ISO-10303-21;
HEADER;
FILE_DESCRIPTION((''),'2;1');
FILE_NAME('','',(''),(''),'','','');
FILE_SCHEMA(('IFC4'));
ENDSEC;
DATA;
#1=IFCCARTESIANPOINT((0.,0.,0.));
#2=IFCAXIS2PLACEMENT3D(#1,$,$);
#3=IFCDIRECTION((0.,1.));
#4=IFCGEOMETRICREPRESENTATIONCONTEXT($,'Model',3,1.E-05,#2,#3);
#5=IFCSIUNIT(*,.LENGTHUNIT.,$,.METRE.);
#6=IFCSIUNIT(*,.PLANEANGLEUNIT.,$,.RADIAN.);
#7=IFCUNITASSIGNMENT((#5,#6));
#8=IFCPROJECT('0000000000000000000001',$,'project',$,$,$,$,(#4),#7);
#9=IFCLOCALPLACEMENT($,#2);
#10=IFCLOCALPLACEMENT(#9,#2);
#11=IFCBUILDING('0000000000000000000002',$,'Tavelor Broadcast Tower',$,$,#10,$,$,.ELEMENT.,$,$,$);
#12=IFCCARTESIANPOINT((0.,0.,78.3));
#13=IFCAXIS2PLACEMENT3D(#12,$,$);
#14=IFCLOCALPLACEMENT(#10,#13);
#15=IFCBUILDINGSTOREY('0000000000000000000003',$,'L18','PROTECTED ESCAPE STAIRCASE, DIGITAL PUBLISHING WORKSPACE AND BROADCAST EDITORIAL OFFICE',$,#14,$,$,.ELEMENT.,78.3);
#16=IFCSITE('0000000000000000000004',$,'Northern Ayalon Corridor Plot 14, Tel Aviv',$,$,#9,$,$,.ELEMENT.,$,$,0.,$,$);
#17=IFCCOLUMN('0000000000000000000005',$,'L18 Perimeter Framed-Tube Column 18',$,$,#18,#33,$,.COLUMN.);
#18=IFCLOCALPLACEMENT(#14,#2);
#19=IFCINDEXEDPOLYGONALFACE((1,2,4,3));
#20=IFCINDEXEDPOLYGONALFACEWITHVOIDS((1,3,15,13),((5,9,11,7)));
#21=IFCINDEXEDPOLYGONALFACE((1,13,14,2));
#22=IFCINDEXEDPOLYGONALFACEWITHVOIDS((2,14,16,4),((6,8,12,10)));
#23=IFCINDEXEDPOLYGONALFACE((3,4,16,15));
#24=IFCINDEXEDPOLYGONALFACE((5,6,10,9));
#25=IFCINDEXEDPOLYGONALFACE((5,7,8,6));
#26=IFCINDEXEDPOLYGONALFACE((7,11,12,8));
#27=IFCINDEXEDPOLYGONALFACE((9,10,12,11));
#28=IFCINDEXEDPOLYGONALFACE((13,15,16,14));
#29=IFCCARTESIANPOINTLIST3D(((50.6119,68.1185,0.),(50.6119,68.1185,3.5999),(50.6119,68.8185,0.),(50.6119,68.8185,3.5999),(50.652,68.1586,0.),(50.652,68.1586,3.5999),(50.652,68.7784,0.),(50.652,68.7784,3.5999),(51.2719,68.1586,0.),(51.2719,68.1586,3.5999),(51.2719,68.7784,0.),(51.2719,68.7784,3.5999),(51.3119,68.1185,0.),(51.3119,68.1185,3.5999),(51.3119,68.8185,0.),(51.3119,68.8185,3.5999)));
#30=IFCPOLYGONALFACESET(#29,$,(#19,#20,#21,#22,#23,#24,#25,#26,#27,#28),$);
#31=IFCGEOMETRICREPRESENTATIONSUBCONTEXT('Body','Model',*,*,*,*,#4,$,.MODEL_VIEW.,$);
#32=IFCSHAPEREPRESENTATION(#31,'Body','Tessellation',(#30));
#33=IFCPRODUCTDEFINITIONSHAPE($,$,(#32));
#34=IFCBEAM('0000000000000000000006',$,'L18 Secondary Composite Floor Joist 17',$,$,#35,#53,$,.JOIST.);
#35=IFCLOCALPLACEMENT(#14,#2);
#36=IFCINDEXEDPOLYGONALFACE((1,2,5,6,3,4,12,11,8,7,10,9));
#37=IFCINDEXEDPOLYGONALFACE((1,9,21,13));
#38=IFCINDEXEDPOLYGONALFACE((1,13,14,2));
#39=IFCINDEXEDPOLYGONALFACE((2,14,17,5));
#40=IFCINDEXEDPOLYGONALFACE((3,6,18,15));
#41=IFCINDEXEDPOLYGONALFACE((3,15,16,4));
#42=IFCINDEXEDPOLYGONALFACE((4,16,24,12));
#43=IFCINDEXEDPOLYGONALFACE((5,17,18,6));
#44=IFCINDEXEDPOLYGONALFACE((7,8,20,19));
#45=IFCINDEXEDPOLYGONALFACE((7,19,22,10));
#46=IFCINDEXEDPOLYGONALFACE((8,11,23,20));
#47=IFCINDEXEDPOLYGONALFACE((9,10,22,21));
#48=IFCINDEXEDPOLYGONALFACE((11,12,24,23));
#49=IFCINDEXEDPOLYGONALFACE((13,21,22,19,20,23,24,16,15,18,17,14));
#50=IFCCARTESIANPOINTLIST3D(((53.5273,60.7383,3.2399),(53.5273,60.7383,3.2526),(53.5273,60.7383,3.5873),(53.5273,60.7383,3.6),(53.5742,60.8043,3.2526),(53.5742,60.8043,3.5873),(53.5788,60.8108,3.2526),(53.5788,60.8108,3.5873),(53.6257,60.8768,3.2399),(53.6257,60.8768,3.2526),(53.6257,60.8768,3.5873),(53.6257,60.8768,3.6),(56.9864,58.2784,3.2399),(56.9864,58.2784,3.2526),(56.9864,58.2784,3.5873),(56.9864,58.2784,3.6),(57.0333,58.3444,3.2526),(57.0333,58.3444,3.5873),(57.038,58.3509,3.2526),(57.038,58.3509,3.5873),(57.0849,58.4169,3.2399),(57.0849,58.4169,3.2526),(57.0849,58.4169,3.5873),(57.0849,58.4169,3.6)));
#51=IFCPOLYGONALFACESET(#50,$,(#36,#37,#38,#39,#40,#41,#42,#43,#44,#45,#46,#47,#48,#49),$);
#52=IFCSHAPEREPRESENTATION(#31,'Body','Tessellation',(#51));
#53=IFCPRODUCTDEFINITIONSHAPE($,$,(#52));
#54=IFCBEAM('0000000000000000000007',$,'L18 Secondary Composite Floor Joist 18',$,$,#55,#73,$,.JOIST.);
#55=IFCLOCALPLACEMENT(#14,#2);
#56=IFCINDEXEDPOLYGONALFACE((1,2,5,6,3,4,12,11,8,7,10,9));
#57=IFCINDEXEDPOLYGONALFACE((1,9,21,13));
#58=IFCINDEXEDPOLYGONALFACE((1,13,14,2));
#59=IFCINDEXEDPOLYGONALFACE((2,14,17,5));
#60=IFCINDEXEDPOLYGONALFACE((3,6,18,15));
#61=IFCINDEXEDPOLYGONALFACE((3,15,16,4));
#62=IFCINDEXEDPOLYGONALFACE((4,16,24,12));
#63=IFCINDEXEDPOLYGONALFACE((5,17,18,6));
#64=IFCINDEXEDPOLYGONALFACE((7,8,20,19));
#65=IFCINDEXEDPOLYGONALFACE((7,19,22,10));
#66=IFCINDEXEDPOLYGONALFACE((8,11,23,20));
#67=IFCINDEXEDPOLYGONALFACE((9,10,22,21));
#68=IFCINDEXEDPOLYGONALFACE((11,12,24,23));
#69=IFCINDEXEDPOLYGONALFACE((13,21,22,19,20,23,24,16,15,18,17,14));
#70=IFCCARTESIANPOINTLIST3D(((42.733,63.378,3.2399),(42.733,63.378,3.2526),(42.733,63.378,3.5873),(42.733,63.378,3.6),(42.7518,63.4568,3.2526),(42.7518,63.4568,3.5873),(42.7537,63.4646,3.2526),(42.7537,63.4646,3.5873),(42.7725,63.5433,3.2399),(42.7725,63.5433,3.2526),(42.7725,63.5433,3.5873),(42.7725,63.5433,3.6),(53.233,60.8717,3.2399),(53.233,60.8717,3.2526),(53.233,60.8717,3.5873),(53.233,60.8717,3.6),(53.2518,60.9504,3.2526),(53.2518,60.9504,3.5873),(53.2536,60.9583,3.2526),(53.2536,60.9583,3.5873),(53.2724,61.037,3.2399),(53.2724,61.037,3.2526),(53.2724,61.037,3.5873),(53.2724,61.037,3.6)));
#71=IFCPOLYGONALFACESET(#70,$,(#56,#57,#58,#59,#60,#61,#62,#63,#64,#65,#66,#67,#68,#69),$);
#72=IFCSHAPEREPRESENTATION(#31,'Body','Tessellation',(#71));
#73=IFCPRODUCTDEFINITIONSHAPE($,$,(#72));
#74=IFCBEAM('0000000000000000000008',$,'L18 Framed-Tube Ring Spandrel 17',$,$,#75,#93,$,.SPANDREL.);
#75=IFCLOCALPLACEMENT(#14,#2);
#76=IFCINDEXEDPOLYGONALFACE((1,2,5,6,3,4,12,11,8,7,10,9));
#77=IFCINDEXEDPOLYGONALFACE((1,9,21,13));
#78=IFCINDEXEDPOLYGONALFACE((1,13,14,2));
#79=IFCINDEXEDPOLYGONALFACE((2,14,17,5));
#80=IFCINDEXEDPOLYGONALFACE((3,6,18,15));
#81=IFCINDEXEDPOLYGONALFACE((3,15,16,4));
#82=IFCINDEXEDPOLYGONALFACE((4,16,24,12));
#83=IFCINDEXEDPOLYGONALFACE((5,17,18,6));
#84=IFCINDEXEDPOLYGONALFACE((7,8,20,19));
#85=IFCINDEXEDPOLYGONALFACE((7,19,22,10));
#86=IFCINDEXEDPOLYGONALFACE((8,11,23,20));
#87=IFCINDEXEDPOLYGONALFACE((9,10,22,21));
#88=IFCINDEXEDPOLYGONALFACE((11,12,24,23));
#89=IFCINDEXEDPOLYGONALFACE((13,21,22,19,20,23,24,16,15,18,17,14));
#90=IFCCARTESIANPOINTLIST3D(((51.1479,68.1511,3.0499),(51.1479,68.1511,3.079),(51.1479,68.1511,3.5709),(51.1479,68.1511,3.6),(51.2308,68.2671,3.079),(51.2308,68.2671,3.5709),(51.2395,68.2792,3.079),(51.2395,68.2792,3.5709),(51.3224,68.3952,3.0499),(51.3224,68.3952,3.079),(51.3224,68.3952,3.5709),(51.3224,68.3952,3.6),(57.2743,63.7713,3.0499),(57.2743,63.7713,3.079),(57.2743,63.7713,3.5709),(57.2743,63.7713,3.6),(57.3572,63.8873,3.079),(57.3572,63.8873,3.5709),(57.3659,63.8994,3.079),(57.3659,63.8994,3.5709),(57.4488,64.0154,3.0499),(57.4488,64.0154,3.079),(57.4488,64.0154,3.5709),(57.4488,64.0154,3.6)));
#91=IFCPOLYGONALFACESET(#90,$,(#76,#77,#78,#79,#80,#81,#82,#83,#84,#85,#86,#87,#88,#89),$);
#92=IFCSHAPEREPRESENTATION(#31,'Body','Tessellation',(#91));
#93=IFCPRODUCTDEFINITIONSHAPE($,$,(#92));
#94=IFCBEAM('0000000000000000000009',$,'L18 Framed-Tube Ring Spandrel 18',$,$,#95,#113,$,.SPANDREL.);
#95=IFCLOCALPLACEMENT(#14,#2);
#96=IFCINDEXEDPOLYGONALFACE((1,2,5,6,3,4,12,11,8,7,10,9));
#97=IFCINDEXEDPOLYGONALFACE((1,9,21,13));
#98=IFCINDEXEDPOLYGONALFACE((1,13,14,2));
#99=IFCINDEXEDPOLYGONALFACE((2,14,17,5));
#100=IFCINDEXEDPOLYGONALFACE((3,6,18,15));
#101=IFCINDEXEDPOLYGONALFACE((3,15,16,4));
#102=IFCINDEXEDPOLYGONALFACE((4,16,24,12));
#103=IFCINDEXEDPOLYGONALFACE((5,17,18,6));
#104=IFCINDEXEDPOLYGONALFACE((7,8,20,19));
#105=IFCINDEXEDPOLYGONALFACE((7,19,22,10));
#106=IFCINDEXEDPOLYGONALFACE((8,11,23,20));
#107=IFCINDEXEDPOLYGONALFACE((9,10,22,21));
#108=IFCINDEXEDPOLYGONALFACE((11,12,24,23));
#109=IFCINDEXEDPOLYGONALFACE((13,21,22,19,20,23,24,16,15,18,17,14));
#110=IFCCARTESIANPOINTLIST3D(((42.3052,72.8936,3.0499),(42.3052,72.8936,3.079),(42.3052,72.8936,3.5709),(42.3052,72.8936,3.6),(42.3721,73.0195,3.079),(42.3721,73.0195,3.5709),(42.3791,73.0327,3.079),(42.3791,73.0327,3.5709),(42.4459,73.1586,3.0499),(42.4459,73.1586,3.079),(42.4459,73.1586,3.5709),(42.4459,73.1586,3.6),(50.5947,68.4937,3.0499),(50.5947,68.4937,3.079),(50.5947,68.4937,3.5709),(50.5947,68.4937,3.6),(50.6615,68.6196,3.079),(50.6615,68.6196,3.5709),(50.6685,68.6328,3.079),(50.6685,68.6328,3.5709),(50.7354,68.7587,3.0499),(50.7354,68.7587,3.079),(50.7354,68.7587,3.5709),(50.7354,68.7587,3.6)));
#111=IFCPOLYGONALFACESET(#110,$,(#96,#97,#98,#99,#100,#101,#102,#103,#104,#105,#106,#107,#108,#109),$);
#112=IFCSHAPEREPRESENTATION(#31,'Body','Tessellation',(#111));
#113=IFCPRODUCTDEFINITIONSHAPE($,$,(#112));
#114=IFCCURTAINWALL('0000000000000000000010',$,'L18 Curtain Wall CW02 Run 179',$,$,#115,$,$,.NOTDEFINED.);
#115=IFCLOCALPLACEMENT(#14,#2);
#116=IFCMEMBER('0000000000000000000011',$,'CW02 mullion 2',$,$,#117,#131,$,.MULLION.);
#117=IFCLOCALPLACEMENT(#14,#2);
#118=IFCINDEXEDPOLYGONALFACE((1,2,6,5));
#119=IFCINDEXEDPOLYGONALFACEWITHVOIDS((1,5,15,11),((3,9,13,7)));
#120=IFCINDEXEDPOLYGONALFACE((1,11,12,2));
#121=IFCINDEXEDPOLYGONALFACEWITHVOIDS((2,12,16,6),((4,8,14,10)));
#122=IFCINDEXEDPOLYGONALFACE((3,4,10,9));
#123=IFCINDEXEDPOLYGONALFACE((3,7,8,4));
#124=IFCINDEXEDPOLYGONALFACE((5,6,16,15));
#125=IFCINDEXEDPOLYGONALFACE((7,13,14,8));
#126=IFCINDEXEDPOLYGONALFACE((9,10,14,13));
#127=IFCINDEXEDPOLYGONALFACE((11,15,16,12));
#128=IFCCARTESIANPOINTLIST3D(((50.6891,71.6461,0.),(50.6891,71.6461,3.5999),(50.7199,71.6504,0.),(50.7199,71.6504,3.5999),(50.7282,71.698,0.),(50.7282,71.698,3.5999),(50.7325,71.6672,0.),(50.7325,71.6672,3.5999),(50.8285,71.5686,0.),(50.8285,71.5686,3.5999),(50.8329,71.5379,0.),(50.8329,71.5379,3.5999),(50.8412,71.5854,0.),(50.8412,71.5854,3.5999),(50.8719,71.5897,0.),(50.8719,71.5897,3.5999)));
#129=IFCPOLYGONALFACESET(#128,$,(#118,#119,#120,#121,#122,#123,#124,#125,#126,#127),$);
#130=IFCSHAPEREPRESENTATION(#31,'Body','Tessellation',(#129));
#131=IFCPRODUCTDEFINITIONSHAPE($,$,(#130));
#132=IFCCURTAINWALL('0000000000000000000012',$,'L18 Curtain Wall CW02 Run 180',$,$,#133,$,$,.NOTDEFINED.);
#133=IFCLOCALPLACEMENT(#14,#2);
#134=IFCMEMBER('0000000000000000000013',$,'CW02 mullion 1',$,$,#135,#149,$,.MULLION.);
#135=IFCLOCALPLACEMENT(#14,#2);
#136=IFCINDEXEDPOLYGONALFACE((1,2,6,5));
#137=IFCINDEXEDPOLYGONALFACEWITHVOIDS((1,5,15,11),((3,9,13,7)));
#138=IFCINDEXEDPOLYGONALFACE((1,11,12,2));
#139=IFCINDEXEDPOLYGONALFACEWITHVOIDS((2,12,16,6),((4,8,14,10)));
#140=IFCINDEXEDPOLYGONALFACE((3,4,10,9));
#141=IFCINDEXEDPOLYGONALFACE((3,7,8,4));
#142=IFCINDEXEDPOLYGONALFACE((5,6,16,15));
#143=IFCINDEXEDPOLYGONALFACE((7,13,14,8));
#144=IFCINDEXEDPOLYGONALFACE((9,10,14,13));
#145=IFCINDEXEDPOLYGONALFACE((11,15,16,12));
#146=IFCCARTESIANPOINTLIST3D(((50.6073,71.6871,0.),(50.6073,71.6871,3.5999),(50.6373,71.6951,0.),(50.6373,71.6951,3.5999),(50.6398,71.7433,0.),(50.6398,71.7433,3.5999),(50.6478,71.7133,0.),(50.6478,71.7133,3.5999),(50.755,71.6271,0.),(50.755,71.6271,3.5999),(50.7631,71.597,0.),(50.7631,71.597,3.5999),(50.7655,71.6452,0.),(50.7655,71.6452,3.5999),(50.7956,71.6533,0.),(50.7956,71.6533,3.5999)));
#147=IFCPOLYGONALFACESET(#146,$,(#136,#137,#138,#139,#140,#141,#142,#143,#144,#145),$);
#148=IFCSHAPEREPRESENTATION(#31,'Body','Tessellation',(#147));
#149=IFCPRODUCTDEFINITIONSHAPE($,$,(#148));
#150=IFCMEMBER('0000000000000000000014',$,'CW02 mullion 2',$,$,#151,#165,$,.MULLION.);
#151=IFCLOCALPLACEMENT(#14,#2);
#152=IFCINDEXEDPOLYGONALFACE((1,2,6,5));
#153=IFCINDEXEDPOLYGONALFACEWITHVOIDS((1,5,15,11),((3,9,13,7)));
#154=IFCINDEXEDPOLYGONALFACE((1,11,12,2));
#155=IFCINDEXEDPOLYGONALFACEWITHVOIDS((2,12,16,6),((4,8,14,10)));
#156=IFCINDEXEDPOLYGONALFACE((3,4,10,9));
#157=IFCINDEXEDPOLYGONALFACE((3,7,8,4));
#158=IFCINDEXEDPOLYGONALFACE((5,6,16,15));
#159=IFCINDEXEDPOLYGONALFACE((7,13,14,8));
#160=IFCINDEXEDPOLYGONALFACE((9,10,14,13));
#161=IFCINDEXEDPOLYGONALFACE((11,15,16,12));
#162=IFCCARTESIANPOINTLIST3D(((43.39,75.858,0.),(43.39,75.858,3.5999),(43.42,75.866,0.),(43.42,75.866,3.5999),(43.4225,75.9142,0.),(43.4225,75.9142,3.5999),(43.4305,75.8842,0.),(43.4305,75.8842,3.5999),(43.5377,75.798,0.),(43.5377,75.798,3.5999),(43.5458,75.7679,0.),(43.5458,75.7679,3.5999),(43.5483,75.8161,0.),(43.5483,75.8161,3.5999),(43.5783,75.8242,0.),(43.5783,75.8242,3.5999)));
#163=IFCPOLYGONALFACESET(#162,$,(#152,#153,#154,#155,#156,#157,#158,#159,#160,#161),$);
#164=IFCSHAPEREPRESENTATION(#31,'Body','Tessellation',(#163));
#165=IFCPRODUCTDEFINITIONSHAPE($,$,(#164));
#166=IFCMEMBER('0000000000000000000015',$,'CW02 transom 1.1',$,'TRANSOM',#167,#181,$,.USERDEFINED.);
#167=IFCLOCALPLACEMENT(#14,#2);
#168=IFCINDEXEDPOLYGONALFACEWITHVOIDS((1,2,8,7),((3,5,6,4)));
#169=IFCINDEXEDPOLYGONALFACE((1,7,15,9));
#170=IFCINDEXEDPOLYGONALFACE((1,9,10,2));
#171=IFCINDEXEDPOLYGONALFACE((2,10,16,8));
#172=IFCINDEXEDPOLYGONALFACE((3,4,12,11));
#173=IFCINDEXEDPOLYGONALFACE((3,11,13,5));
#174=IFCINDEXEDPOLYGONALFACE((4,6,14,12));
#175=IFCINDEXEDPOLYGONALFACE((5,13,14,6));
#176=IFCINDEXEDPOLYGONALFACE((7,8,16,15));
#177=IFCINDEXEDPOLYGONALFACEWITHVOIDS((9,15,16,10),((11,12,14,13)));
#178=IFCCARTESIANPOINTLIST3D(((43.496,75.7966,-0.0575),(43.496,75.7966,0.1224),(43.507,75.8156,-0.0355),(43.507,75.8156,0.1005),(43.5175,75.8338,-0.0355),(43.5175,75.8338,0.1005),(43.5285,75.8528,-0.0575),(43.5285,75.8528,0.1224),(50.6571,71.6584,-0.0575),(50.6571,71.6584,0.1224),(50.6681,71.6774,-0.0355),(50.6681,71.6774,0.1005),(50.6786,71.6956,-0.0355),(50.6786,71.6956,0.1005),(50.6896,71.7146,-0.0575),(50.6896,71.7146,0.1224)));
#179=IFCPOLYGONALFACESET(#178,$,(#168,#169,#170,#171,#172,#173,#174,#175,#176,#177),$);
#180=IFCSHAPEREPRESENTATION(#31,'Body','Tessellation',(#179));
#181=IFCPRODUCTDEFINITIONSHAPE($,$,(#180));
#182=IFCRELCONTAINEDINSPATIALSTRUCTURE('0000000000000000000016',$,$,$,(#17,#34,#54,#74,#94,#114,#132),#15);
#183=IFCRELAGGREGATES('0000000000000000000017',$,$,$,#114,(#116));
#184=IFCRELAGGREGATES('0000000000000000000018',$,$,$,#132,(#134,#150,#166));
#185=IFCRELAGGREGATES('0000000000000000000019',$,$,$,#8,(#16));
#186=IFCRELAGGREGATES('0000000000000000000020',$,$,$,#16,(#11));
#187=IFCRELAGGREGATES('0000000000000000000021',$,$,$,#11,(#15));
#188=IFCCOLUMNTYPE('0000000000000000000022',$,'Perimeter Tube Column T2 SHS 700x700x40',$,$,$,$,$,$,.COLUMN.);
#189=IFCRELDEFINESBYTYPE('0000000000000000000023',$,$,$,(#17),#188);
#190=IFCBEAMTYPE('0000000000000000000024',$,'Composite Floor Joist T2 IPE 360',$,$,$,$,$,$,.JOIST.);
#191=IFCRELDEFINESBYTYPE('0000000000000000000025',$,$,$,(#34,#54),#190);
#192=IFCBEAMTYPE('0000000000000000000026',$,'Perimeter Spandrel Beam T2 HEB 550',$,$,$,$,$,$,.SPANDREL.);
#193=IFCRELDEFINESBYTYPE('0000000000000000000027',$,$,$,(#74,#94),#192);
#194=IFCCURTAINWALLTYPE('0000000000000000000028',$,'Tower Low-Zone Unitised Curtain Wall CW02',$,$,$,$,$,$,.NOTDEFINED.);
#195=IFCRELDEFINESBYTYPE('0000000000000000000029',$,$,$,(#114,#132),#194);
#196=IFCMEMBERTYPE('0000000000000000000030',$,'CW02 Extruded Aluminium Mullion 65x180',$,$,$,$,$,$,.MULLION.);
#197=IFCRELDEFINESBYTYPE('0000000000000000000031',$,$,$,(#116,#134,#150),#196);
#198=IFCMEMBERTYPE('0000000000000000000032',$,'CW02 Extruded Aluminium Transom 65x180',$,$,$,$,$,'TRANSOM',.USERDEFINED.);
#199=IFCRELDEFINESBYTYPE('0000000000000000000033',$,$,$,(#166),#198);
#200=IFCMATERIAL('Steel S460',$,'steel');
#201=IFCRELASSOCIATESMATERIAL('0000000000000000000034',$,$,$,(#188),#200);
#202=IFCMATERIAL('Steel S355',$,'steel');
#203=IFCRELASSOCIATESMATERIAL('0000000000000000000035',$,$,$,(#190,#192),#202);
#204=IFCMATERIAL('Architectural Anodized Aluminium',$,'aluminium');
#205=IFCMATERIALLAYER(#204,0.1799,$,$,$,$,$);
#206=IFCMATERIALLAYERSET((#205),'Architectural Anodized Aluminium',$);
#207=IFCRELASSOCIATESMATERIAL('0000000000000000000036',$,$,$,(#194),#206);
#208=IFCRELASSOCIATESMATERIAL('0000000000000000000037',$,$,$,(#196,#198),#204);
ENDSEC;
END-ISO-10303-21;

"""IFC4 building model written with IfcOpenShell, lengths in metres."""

from ifc_helpers import new_model, si_unit, direction, frame, origin, origin_2d, place, context, subcontext, project, spatial, hollow_rectangle, i_section, extrude, source, transform, mapped, material, layer, layer_set, material_profile, profile_set, type_object, type_shapes, element, aggregate, save


model = new_model("IFC4")

# Units and contexts
model_context = context("Model", 3, precision=1e-05, world=origin(), true_north=direction((0.0, 1.0)))
body_context = subcontext(model_context, "Body", "Model", "MODEL_VIEW")
ifc_project = project(units=[si_unit("LENGTHUNIT", "METRE"), si_unit("PLANEANGLEUNIT", "RADIAN")], contexts=[model_context])

# Site, building, storey
site_placement = place(None, origin())
site = spatial("IfcSite", under=ifc_project, at=site_placement, Name="Northern Ayalon Corridor Plot 14, Tel Aviv", CompositionType="ELEMENT", RefElevation=0.0)
building_placement = place(site_placement, origin())
building = spatial("IfcBuilding", under=site, at=building_placement, Name="Tavelor Broadcast Tower", CompositionType="ELEMENT")
storey_placement = place(building_placement, frame((0.0, 0.0, 78.3)))
storey = spatial("IfcBuildingStorey", under=building, at=storey_placement, Name="L18", Description="PROTECTED ESCAPE STAIRCASE, DIGITAL PUBLISHING WORKSPACE AND BROADCAST EDITORIAL OFFICE", CompositionType="ELEMENT", Elevation=78.3)

# Column
ifc_material_1 = material(Name="Steel S460", Category="steel")
ifc_material_profile_1 = material_profile(ifc_material_1, hollow_rectangle(XDim=0.7, YDim=0.7, WallThickness=0.04, at=origin_2d()), Name="SHS 700x700x40")
ifc_profile_set_1 = profile_set([ifc_material_profile_1], Name="Steel S460")
column_type = type_object("IfcColumnType", Name="Perimeter Tube Column T2 SHS 700x700x40", PredefinedType="COLUMN", material=ifc_profile_set_1)
column_placement = place(storey_placement, frame((50.9619, 68.4685, 0.0), z_axis=(0.0, 0.0, 1.0), x_axis=(1.0, 0.0, 0.0)))
element("IfcColumn", 1, at=column_placement, inside=storey, type_object=column_type, Name="L18 Perimeter Framed-Tube Column 18", PredefinedType="COLUMN", context=body_context, shape_type="SweptSolid", body=[
    extrude(hollow_rectangle(XDim=0.7, YDim=0.7, WallThickness=0.04, at=origin_2d()), origin(), (0.0, 0.0, 1.0), 3.5999),
])

# Beams
ifc_material_2 = material(Name="Steel S355", Category="steel")
ifc_material_profile_2 = material_profile(ifc_material_2, i_section(OverallWidth=0.1699, OverallDepth=0.3601, WebThickness=0.0081, FlangeThickness=0.0127, at=origin_2d()), Name="IPE 360")
ifc_profile_set_2 = profile_set([ifc_material_profile_2], Name="Steel S355")
beam_type_1 = type_object("IfcBeamType", Name="Composite Floor Joist T2 IPE 360", PredefinedType="JOIST", material=ifc_profile_set_2)
beam_1_placement = place(storey_placement, frame((57.0356, 58.3477, 3.4199), z_axis=(-0.814948, 0.579534, 0.0), x_axis=(-0.579534, -0.814948, 0.0)))
element("IfcBeam", 2, at=beam_1_placement, inside=storey, type_object=beam_type_1, Name="L18 Secondary Composite Floor Joist 17", PredefinedType="JOIST", context=body_context, shape_type="SweptSolid", body=[
    extrude(i_section(OverallWidth=0.1699, OverallDepth=0.3601, WebThickness=0.0081, FlangeThickness=0.0127, at=origin_2d()), origin(), (0.0, 0.0, 1.0), 4.2446),
])
beam_2_placement = place(storey_placement, frame((53.2527, 60.9543, 3.4199), z_axis=(-0.972674, 0.232177, 0.0), x_axis=(-0.232177, -0.972674, 0.0)))
element("IfcBeam", 3, at=beam_2_placement, inside=storey, type_object=beam_type_1, Name="L18 Secondary Composite Floor Joist 18", PredefinedType="JOIST", context=body_context, shape_type="SweptSolid", body=[
    extrude(i_section(OverallWidth=0.1699, OverallDepth=0.3601, WebThickness=0.0081, FlangeThickness=0.0127, at=origin_2d()), origin(), (0.0, 0.0, 1.0), 10.7949),
])
ifc_material_profile_3 = material_profile(ifc_material_2, i_section(OverallWidth=0.3, OverallDepth=0.55, WebThickness=0.0149, FlangeThickness=0.0291, at=origin_2d()), Name="HEB 550")
ifc_profile_set_3 = profile_set([ifc_material_profile_3], Name="Steel S355")
beam_type_2 = type_object("IfcBeamType", Name="Perimeter Spandrel Beam T2 HEB 550", PredefinedType="SPANDREL", material=ifc_profile_set_3)
beam_3_placement = place(storey_placement, frame((57.3616, 63.8933, 3.325), z_axis=(-0.813492, 0.581575, 0.0), x_axis=(-0.581575, -0.813492, 0.0)))
element("IfcBeam", 4, at=beam_3_placement, inside=storey, type_object=beam_type_2, Name="L18 Framed-Tube Ring Spandrel 17", PredefinedType="SPANDREL", context=body_context, shape_type="SweptSolid", body=[
    extrude(i_section(OverallWidth=0.3, OverallDepth=0.55, WebThickness=0.0149, FlangeThickness=0.0291, at=origin_2d()), origin(), (0.0, 0.0, 1.0), 7.531),
])
beam_4_placement = place(storey_placement, frame((50.665, 68.6262, 3.325), z_axis=(-0.883289, 0.468829, 0.0), x_axis=(-0.468829, -0.883289, 0.0)))
element("IfcBeam", 5, at=beam_4_placement, inside=storey, type_object=beam_type_2, Name="L18 Framed-Tube Ring Spandrel 18", PredefinedType="SPANDREL", context=body_context, shape_type="SweptSolid", body=[
    extrude(i_section(OverallWidth=0.3, OverallDepth=0.55, WebThickness=0.0149, FlangeThickness=0.0291, at=origin_2d()), origin(), (0.0, 0.0, 1.0), 9.3848),
])

# Curtain wall, member
ifc_material_3 = material(Name="Architectural Anodized Aluminium", Category="aluminium")
ifc_layer_1 = layer(ifc_material_3, 0.1799)
ifc_layer_set_1 = layer_set([ifc_layer_1], Name="Architectural Anodized Aluminium")
curtain_wall_type = type_object("IfcCurtainWallType", Name="Tower Low-Zone Unitised Curtain Wall CW02", PredefinedType="NOTDEFINED", material=ifc_layer_set_1)
curtain_wall_1_placement = place(storey_placement, origin())
curtain_wall_1 = element("IfcCurtainWall", 6, at=curtain_wall_1_placement, inside=storey, type_object=curtain_wall_type, Name="L18 Curtain Wall CW02 Run 179", PredefinedType="NOTDEFINED")
ifc_material_profile_4 = material_profile(ifc_material_3, hollow_rectangle(XDim=0.0649, YDim=0.1799, WallThickness=0.022, at=origin_2d()), Name="RHS 65x180x22")
ifc_profile_set_4 = profile_set([ifc_material_profile_4], Name="Architectural Anodized Aluminium")
member_type_1 = type_object("IfcMemberType", Name="CW02 Extruded Aluminium Mullion 65x180", PredefinedType="MULLION", material=ifc_profile_set_4)
shared_shape_1 = source(origin(), body_context, "Body", "SweptSolid", [
    extrude(hollow_rectangle(XDim=0.0649, YDim=0.1799, WallThickness=0.022, at=origin_2d()), origin(), (0.0, 0.0, 1.0), 3.5999),
])
type_shapes(member_type_1, [shared_shape_1])
member_1_placement = place(storey_placement, frame((50.7805, 71.6179, 0.0), z_axis=(0.0, 0.0, 1.0), x_axis=(-0.601461, -0.798902, 0.0)))
member_1 = element("IfcMember", 7, at=member_1_placement, type_object=member_type_1, Name="CW02 mullion 2", PredefinedType="MULLION", context=body_context, shape_type="MappedRepresentation", body=[
    mapped(shared_shape_1, transform((0.0, 0.0, 0.0), scale=1.0)),
])

# Curtain wall, members
curtain_wall_2_placement = place(storey_placement, origin())
curtain_wall_2 = element("IfcCurtainWall", 8, at=curtain_wall_2_placement, inside=storey, type_object=curtain_wall_type, Name="L18 Curtain Wall CW02 Run 180", PredefinedType="NOTDEFINED")
member_2_placement = place(storey_placement, frame((50.7014, 71.6702, 0.0), z_axis=(0.0, 0.0, 1.0), x_axis=(-0.500352, -0.865822, 0.0)))
member_2 = element("IfcMember", 9, at=member_2_placement, type_object=member_type_1, Name="CW02 mullion 1", PredefinedType="MULLION", context=body_context, shape_type="MappedRepresentation", body=[
    mapped(shared_shape_1, transform((0.0, 0.0, 0.0), scale=1.0)),
])
member_3_placement = place(storey_placement, frame((43.4841, 75.8411, 0.0), z_axis=(0.0, 0.0, 1.0), x_axis=(-0.500352, -0.865822, 0.0)))
member_3 = element("IfcMember", 10, at=member_3_placement, type_object=member_type_1, Name="CW02 mullion 2", PredefinedType="MULLION", context=body_context, shape_type="MappedRepresentation", body=[
    mapped(shared_shape_1, transform((0.0, 0.0, 0.0), scale=1.0)),
])
ifc_material_profile_5 = material_profile(ifc_material_3, hollow_rectangle(XDim=0.0649, YDim=0.1799, WallThickness=0.022, at=origin_2d()), Name="RHS 65x180x22")
ifc_profile_set_5 = profile_set([ifc_material_profile_5], Name="Architectural Anodized Aluminium")
member_type_2 = type_object("IfcMemberType", Name="CW02 Extruded Aluminium Transom 65x180", ElementType="TRANSOM", PredefinedType="USERDEFINED", material=ifc_profile_set_5)
shared_shape_2 = source(origin(), body_context, "Body", "SweptSolid", [
    extrude(hollow_rectangle(XDim=0.0649, YDim=0.1799, WallThickness=0.022, at=origin_2d()), origin(), (0.0, 0.0, 1.0), 8.2708),
])
type_shapes(member_type_2, [shared_shape_2])
member_4_placement = place(storey_placement, frame((50.6733, 71.6865, 0.0325), z_axis=(-0.865832, 0.500336, 0.0), x_axis=(-0.500336, -0.865832, 0.0)))
member_4 = element("IfcMember", 11, at=member_4_placement, type_object=member_type_2, Name="CW02 transom 1.1", ObjectType="TRANSOM", PredefinedType="USERDEFINED", context=body_context, shape_type="MappedRepresentation", body=[
    mapped(shared_shape_2, transform((0.0, 0.0, 0.0), scale=1.0)),
])

aggregate(curtain_wall_1, [member_1])
aggregate(curtain_wall_2, [member_2, member_3, member_4])

save(model, "model.ifc")
